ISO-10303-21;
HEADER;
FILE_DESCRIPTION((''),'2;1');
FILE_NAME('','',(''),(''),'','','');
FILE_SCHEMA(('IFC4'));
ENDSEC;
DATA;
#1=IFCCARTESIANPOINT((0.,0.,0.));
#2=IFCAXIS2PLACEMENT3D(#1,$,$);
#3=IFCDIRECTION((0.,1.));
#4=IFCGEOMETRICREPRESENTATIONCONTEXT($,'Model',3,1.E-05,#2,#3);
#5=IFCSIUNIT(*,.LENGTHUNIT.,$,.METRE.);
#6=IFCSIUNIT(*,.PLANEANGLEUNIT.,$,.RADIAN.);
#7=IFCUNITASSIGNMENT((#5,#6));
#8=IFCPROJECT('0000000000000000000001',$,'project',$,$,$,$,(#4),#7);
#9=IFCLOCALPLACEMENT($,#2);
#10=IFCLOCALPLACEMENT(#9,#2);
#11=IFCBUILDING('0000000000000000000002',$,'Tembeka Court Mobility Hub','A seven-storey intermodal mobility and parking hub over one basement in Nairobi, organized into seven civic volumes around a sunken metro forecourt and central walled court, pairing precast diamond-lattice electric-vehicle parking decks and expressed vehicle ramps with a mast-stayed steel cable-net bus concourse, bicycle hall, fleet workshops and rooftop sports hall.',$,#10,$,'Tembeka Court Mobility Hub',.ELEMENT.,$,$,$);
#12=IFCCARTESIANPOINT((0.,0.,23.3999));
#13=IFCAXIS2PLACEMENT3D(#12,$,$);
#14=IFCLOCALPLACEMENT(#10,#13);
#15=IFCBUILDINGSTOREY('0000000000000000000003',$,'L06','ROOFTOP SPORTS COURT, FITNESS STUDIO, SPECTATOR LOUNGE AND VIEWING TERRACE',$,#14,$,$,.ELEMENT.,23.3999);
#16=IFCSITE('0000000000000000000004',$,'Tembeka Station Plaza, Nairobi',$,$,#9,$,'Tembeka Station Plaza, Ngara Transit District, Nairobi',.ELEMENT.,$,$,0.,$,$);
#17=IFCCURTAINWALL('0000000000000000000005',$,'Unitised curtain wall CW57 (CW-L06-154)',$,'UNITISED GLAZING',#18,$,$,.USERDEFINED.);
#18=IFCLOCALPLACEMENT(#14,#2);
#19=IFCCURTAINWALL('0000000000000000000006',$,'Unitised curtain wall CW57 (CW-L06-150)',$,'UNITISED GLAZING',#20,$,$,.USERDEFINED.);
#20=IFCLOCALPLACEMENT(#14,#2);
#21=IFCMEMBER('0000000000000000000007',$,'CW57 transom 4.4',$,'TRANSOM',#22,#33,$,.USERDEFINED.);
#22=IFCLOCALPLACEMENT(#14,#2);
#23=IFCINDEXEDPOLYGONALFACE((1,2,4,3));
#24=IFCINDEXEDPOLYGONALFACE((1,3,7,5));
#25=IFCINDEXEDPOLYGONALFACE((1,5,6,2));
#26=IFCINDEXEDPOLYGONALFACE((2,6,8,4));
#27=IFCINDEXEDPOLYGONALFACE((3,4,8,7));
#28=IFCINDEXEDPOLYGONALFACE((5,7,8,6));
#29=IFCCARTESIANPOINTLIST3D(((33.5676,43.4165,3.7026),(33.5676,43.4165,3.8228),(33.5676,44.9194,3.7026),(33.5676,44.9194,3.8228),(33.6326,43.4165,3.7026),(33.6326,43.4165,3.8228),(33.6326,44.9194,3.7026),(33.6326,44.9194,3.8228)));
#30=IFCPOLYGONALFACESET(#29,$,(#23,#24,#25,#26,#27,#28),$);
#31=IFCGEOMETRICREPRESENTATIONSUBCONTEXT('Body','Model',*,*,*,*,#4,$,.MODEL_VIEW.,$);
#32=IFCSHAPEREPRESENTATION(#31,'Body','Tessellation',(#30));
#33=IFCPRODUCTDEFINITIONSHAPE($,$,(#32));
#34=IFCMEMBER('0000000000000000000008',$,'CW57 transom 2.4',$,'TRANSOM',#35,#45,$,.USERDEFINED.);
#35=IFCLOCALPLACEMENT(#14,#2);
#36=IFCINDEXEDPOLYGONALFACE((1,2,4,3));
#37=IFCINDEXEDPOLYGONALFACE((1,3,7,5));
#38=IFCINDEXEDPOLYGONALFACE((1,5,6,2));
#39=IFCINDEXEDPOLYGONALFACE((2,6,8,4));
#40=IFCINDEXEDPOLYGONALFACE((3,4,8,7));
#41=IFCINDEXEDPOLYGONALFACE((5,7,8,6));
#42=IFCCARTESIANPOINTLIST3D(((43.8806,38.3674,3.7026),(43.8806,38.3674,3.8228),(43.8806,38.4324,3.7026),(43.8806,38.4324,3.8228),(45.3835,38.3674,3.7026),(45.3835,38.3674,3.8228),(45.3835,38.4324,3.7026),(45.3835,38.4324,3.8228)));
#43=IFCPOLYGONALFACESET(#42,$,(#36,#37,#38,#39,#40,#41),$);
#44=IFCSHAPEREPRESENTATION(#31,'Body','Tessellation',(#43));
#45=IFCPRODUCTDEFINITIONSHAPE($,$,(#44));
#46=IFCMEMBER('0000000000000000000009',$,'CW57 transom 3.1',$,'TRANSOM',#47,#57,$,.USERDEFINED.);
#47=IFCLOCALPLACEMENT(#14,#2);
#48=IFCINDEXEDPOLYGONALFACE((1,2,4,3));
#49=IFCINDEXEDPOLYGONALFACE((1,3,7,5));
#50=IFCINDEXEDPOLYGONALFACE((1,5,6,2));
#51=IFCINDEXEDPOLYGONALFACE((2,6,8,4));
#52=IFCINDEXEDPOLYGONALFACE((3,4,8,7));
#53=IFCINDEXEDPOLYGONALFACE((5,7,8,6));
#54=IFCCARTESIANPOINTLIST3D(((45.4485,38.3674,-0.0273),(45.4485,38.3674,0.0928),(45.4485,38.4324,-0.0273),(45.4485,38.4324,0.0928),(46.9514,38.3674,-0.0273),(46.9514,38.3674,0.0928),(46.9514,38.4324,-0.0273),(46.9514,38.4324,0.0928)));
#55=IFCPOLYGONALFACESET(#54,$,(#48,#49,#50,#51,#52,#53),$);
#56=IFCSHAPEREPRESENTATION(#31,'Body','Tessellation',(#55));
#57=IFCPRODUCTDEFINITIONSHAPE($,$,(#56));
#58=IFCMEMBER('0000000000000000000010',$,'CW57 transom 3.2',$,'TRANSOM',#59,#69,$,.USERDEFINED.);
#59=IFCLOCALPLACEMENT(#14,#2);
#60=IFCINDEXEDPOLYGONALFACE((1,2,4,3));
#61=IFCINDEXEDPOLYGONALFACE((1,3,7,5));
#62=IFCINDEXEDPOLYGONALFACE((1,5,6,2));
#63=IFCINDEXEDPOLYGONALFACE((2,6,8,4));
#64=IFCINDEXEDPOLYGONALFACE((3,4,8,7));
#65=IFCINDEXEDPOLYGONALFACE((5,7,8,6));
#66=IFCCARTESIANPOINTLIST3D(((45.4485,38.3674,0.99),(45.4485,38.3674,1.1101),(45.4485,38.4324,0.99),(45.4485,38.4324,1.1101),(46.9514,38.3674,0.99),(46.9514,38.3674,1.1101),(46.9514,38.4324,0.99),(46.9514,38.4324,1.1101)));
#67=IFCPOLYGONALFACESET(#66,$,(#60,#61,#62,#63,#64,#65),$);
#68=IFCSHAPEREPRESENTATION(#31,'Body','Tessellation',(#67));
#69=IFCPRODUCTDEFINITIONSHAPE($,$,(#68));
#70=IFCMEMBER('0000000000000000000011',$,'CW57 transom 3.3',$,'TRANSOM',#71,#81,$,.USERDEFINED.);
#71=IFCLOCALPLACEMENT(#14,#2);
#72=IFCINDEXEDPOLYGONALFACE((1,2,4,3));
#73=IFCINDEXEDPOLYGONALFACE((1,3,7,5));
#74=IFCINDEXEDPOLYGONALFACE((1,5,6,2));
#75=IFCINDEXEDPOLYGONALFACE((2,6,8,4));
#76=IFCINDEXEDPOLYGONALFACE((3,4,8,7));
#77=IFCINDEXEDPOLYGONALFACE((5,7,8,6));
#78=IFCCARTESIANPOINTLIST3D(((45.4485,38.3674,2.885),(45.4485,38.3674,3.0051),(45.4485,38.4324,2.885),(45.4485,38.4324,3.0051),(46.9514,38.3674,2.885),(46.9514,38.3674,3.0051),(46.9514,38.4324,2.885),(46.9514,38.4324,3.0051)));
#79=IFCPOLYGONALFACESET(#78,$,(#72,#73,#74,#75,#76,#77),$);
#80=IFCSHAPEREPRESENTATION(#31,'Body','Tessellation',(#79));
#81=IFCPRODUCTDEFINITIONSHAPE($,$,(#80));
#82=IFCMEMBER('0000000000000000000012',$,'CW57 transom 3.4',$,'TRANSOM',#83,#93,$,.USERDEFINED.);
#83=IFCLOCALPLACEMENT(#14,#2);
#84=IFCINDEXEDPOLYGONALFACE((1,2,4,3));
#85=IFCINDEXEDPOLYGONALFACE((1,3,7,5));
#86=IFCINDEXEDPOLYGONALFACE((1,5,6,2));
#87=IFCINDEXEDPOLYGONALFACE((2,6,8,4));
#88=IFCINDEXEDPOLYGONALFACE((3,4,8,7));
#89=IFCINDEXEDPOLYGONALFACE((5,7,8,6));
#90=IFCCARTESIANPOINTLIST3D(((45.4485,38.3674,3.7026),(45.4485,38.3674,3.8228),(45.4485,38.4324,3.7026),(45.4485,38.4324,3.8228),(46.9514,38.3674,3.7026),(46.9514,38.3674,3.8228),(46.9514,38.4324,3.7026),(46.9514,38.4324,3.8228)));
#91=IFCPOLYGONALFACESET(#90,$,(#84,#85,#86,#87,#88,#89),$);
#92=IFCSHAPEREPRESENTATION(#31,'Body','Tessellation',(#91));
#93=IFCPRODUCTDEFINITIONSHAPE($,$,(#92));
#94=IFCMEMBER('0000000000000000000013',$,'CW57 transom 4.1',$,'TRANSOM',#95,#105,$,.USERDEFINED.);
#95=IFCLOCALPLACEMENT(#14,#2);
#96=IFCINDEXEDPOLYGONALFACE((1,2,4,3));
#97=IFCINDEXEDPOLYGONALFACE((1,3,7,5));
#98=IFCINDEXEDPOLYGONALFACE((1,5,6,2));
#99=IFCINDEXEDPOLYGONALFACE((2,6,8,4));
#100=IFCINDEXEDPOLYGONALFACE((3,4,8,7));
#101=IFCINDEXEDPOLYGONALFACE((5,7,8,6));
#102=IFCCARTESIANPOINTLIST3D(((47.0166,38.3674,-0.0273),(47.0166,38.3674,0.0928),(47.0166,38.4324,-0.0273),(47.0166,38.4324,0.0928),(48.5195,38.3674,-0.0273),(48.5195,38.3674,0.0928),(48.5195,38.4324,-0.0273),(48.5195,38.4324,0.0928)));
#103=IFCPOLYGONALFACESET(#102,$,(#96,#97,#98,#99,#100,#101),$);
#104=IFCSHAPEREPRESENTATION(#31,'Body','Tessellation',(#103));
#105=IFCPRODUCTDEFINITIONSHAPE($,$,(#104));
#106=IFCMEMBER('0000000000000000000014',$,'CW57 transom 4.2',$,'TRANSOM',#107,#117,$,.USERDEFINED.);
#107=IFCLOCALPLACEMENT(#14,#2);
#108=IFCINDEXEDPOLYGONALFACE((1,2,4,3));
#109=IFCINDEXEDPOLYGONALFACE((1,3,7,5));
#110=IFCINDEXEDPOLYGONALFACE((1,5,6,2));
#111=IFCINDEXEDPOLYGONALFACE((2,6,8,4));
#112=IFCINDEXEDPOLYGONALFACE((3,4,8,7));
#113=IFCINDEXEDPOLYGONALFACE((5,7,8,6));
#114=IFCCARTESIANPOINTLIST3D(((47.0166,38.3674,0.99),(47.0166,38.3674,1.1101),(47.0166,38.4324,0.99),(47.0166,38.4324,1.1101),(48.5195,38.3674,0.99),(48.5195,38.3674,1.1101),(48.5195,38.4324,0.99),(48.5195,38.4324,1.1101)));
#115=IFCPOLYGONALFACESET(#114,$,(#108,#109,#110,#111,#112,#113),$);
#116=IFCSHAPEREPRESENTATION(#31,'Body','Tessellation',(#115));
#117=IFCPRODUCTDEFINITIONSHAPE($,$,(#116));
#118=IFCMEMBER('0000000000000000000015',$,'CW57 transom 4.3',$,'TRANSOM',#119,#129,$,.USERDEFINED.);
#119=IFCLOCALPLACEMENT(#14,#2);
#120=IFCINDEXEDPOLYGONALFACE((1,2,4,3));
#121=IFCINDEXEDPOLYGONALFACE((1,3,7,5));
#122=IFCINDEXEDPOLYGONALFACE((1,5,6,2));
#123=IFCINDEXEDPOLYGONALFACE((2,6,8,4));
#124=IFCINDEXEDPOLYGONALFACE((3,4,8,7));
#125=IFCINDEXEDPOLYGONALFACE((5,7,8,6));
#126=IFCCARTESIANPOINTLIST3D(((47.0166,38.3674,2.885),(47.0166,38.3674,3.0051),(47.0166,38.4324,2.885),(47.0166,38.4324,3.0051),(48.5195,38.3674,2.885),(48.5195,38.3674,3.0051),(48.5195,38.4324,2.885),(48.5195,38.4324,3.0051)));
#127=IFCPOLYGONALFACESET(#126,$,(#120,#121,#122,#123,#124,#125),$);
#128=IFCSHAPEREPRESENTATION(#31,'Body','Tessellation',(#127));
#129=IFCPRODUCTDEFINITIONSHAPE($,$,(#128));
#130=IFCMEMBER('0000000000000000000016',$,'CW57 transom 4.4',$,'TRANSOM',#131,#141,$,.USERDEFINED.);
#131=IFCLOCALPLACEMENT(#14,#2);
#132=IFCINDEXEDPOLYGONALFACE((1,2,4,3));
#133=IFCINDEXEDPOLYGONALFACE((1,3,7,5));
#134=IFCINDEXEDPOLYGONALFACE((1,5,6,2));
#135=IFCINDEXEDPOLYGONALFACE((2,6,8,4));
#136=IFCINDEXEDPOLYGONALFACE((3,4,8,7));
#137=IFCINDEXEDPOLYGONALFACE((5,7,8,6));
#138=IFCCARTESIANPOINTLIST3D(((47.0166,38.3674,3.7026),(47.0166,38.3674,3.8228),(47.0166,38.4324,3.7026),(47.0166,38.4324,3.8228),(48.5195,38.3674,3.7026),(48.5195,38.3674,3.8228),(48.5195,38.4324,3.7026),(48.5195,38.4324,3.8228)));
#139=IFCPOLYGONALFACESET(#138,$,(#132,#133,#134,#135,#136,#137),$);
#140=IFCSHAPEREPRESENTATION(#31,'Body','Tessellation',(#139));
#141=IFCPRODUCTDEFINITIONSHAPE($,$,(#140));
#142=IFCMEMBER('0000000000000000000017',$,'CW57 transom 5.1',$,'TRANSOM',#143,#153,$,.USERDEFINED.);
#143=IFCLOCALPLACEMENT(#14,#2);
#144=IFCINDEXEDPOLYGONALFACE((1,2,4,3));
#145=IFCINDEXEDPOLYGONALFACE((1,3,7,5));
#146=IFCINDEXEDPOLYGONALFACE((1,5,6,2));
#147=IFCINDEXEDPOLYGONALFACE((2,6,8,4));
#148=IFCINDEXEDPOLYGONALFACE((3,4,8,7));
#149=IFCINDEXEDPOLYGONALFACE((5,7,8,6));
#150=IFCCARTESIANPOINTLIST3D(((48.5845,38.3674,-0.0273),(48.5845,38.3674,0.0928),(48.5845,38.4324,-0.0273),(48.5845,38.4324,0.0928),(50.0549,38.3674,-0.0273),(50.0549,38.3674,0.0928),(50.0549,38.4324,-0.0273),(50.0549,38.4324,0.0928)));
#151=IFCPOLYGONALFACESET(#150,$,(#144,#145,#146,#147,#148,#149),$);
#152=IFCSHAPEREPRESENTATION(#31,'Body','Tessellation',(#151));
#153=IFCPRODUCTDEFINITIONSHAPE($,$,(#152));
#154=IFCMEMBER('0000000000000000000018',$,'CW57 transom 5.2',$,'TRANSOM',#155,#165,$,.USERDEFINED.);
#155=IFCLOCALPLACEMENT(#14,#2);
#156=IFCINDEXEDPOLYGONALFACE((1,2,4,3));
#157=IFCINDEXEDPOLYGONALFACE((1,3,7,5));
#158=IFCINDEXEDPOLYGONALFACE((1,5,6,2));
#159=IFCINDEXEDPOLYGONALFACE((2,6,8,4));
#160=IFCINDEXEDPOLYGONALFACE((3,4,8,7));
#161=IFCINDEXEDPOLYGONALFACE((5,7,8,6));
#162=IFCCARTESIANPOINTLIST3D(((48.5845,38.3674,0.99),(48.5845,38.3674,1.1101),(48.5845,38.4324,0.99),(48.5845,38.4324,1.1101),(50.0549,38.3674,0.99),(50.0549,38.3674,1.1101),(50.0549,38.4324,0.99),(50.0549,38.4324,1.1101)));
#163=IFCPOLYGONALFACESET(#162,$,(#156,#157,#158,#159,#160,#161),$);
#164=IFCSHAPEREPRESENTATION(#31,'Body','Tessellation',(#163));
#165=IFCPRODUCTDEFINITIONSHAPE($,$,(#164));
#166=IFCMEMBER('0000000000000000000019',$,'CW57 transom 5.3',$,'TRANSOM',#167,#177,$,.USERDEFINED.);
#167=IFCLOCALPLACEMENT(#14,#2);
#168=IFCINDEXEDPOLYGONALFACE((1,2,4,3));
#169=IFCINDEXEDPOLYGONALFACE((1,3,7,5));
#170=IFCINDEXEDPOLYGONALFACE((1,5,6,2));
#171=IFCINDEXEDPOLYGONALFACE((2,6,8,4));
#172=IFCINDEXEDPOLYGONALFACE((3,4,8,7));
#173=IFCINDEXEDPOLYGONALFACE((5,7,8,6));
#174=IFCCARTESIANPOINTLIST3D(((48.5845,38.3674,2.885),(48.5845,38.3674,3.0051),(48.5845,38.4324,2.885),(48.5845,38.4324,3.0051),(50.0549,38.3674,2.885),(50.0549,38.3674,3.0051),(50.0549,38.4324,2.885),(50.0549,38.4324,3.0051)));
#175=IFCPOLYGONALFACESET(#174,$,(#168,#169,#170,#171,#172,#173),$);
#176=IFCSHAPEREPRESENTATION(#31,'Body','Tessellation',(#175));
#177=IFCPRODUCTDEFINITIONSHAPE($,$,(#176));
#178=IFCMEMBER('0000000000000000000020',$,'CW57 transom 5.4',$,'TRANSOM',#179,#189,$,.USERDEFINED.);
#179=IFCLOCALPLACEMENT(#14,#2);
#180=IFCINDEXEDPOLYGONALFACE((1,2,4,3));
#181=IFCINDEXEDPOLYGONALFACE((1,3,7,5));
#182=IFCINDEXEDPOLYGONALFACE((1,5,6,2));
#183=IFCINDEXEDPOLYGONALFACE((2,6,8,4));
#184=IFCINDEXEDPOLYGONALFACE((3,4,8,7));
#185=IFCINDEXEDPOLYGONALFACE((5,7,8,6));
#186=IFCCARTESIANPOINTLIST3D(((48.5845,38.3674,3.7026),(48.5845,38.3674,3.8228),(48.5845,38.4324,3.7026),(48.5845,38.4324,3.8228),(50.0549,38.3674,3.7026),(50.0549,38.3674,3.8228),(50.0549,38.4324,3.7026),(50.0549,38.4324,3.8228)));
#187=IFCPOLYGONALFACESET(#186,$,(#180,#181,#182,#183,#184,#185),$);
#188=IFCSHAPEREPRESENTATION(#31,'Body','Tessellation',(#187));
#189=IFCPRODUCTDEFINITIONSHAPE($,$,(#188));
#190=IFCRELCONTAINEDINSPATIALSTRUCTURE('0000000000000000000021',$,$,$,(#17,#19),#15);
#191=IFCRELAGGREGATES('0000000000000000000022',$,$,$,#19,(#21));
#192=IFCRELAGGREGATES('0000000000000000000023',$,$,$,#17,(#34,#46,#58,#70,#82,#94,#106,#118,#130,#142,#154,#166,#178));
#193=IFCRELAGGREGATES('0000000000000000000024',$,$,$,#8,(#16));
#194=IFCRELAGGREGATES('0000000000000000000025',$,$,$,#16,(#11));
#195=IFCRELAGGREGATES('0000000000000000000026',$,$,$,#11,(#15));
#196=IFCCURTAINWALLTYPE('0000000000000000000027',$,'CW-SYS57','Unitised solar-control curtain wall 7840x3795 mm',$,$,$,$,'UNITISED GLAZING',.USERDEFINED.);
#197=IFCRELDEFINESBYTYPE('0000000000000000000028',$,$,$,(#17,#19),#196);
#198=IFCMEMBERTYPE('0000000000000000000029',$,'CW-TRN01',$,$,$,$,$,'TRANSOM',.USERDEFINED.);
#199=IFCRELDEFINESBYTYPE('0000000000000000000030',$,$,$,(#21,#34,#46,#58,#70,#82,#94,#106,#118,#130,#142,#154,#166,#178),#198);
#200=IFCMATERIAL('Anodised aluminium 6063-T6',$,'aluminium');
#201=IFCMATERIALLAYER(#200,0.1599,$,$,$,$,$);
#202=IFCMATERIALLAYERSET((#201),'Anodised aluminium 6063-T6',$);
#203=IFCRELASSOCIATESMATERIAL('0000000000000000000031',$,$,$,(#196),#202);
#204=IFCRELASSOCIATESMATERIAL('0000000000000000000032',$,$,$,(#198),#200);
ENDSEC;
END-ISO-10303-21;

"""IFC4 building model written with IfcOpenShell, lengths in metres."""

from ifc_helpers import new_model, si_unit, direction, frame, origin, origin_2d, place, context, subcontext, project, spatial, rectangle, extrude, material, layer, layer_set, material_profile, profile_set, type_object, element, aggregate, save


model = new_model("IFC4")

# Units and contexts
model_context = context("Model", 3, precision=1e-05, world=origin(), true_north=direction((0.0, 1.0)))
body_context = subcontext(model_context, "Body", "Model", "MODEL_VIEW")
ifc_project = project(units=[si_unit("LENGTHUNIT", "METRE"), si_unit("PLANEANGLEUNIT", "RADIAN")], contexts=[model_context])

# Site, building, storey
site_placement = place(None, origin())
site = spatial("IfcSite", under=ifc_project, at=site_placement, Name="Tembeka Station Plaza, Nairobi", LongName="Tembeka Station Plaza, Ngara Transit District, Nairobi", CompositionType="ELEMENT", RefElevation=0.0)
building_placement = place(site_placement, origin())
building = spatial("IfcBuilding", under=site, at=building_placement, Name="Tembeka Court Mobility Hub", Description="A seven-storey intermodal mobility and parking hub over one basement in Nairobi, organized into seven civic volumes around a sunken metro forecourt and central walled court, pairing precast diamond-lattice electric-vehicle parking decks and expressed vehicle ramps with a mast-stayed steel cable-net bus concourse, bicycle hall, fleet workshops and rooftop sports hall.", LongName="Tembeka Court Mobility Hub", CompositionType="ELEMENT")
storey_placement = place(building_placement, frame((0.0, 0.0, 23.3999)))
storey = spatial("IfcBuildingStorey", under=building, at=storey_placement, Name="L06", Description="ROOFTOP SPORTS COURT, FITNESS STUDIO, SPECTATOR LOUNGE AND VIEWING TERRACE", CompositionType="ELEMENT", Elevation=23.3999)

# Curtain wall
ifc_material_1 = material(Name="Anodised aluminium 6063-T6", Category="aluminium")
ifc_layer_1 = layer(ifc_material_1, 0.1599)
ifc_layer_set_1 = layer_set([ifc_layer_1], Name="Anodised aluminium 6063-T6")
curtain_wall_type = type_object("IfcCurtainWallType", Name="CW-SYS57", Description="Unitised solar-control curtain wall 7840x3795 mm", ElementType="UNITISED GLAZING", PredefinedType="USERDEFINED", material=ifc_layer_set_1)
curtain_wall_1_placement = place(storey_placement, origin())
curtain_wall_1 = element("IfcCurtainWall", 1, at=curtain_wall_1_placement, inside=storey, type_object=curtain_wall_type, Name="Unitised curtain wall CW57 (CW-L06-154)", ObjectType="UNITISED GLAZING", PredefinedType="USERDEFINED")

# Curtain wall, member
curtain_wall_2_placement = place(storey_placement, origin())
curtain_wall_2 = element("IfcCurtainWall", 2, at=curtain_wall_2_placement, inside=storey, type_object=curtain_wall_type, Name="Unitised curtain wall CW57 (CW-L06-150)", ObjectType="UNITISED GLAZING", PredefinedType="USERDEFINED")
ifc_material_profile_1 = material_profile(ifc_material_1, rectangle(XDim=0.0649, YDim=0.1201, at=origin_2d()), Name="ALU-TRN 65x120")
ifc_profile_set_1 = profile_set([ifc_material_profile_1], Name="Anodised aluminium 6063-T6")
member_type_1 = type_object("IfcMemberType", Name="CW-TRN01", ElementType="TRANSOM", PredefinedType="USERDEFINED", material=ifc_profile_set_1)
member_1_placement = place(storey_placement, frame((33.6001, 43.4165, 3.7627), z_axis=(0.0, 1.0, 0.0), x_axis=(-1.0, 0.0, 0.0)))
member_1 = element("IfcMember", 3, at=member_1_placement, type_object=member_type_1, Name="CW57 transom 4.4", ObjectType="TRANSOM", PredefinedType="USERDEFINED", context=body_context, shape_type="SweptSolid", body=[
    extrude(rectangle(XDim=0.0649, YDim=0.1201, at=origin_2d()), origin(), (0.0, 0.0, 1.0), 1.5029),
])
aggregate(curtain_wall_2, [member_1])

# Members
member_2_placement = place(storey_placement, frame((43.8806, 38.3999, 3.7627), z_axis=(1.0, 0.0, 0.0), x_axis=(0.0, 1.0, 0.0)))
member_2 = element("IfcMember", 4, at=member_2_placement, type_object=member_type_1, Name="CW57 transom 2.4", ObjectType="TRANSOM", PredefinedType="USERDEFINED", context=body_context, shape_type="SweptSolid", body=[
    extrude(rectangle(XDim=0.0649, YDim=0.1201, at=origin_2d()), origin(), (0.0, 0.0, 1.0), 1.5029),
])
member_3_placement = place(storey_placement, frame((45.4485, 38.3999, 0.0327), z_axis=(1.0, 0.0, 0.0), x_axis=(0.0, 1.0, 0.0)))
member_3 = element("IfcMember", 5, at=member_3_placement, type_object=member_type_1, Name="CW57 transom 3.1", ObjectType="TRANSOM", PredefinedType="USERDEFINED", context=body_context, shape_type="SweptSolid", body=[
    extrude(rectangle(XDim=0.0649, YDim=0.1201, at=origin_2d()), origin(), (0.0, 0.0, 1.0), 1.5029),
])
member_4_placement = place(storey_placement, frame((45.4485, 38.3999, 1.05), z_axis=(1.0, 0.0, 0.0), x_axis=(0.0, 1.0, 0.0)))
member_4 = element("IfcMember", 6, at=member_4_placement, type_object=member_type_1, Name="CW57 transom 3.2", ObjectType="TRANSOM", PredefinedType="USERDEFINED", context=body_context, shape_type="SweptSolid", body=[
    extrude(rectangle(XDim=0.0649, YDim=0.1201, at=origin_2d()), origin(), (0.0, 0.0, 1.0), 1.5029),
])
member_5_placement = place(storey_placement, frame((45.4485, 38.3999, 2.9451), z_axis=(1.0, 0.0, 0.0), x_axis=(0.0, 1.0, 0.0)))
member_5 = element("IfcMember", 7, at=member_5_placement, type_object=member_type_1, Name="CW57 transom 3.3", ObjectType="TRANSOM", PredefinedType="USERDEFINED", context=body_context, shape_type="SweptSolid", body=[
    extrude(rectangle(XDim=0.0649, YDim=0.1201, at=origin_2d()), origin(), (0.0, 0.0, 1.0), 1.5029),
])
member_6_placement = place(storey_placement, frame((45.4485, 38.3999, 3.7627), z_axis=(1.0, 0.0, 0.0), x_axis=(0.0, 1.0, 0.0)))
member_6 = element("IfcMember", 8, at=member_6_placement, type_object=member_type_1, Name="CW57 transom 3.4", ObjectType="TRANSOM", PredefinedType="USERDEFINED", context=body_context, shape_type="SweptSolid", body=[
    extrude(rectangle(XDim=0.0649, YDim=0.1201, at=origin_2d()), origin(), (0.0, 0.0, 1.0), 1.5029),
])
member_7_placement = place(storey_placement, frame((47.0166, 38.3999, 0.0327), z_axis=(1.0, 0.0, 0.0), x_axis=(0.0, 1.0, 0.0)))
member_7 = element("IfcMember", 9, at=member_7_placement, type_object=member_type_1, Name="CW57 transom 4.1", ObjectType="TRANSOM", PredefinedType="USERDEFINED", context=body_context, shape_type="SweptSolid", body=[
    extrude(rectangle(XDim=0.0649, YDim=0.1201, at=origin_2d()), origin(), (0.0, 0.0, 1.0), 1.5029),
])
member_8_placement = place(storey_placement, frame((47.0166, 38.3999, 1.05), z_axis=(1.0, 0.0, 0.0), x_axis=(0.0, 1.0, 0.0)))
member_8 = element("IfcMember", 10, at=member_8_placement, type_object=member_type_1, Name="CW57 transom 4.2", ObjectType="TRANSOM", PredefinedType="USERDEFINED", context=body_context, shape_type="SweptSolid", body=[
    extrude(rectangle(XDim=0.0649, YDim=0.1201, at=origin_2d()), origin(), (0.0, 0.0, 1.0), 1.5029),
])
member_9_placement = place(storey_placement, frame((47.0166, 38.3999, 2.9451), z_axis=(1.0, 0.0, 0.0), x_axis=(0.0, 1.0, 0.0)))
member_9 = element("IfcMember", 11, at=member_9_placement, type_object=member_type_1, Name="CW57 transom 4.3", ObjectType="TRANSOM", PredefinedType="USERDEFINED", context=body_context, shape_type="SweptSolid", body=[
    extrude(rectangle(XDim=0.0649, YDim=0.1201, at=origin_2d()), origin(), (0.0, 0.0, 1.0), 1.5029),
])
member_10_placement = place(storey_placement, frame((47.0166, 38.3999, 3.7627), z_axis=(1.0, 0.0, 0.0), x_axis=(0.0, 1.0, 0.0)))
member_10 = element("IfcMember", 12, at=member_10_placement, type_object=member_type_1, Name="CW57 transom 4.4", ObjectType="TRANSOM", PredefinedType="USERDEFINED", context=body_context, shape_type="SweptSolid", body=[
    extrude(rectangle(XDim=0.0649, YDim=0.1201, at=origin_2d()), origin(), (0.0, 0.0, 1.0), 1.5029),
])
member_11_placement = place(storey_placement, frame((48.5845, 38.3999, 0.0327), z_axis=(1.0, 0.0, 0.0), x_axis=(0.0, 1.0, 0.0)))
member_11 = element("IfcMember", 13, at=member_11_placement, type_object=member_type_1, Name="CW57 transom 5.1", ObjectType="TRANSOM", PredefinedType="USERDEFINED", context=body_context, shape_type="SweptSolid", body=[
    extrude(rectangle(XDim=0.0649, YDim=0.1201, at=origin_2d()), origin(), (0.0, 0.0, 1.0), 1.4705),
])
member_12_placement = place(storey_placement, frame((48.5845, 38.3999, 1.05), z_axis=(1.0, 0.0, 0.0), x_axis=(0.0, 1.0, 0.0)))
member_12 = element("IfcMember", 14, at=member_12_placement, type_object=member_type_1, Name="CW57 transom 5.2", ObjectType="TRANSOM", PredefinedType="USERDEFINED", context=body_context, shape_type="SweptSolid", body=[
    extrude(rectangle(XDim=0.0649, YDim=0.1201, at=origin_2d()), origin(), (0.0, 0.0, 1.0), 1.4705),
])
member_13_placement = place(storey_placement, frame((48.5845, 38.3999, 2.9451), z_axis=(1.0, 0.0, 0.0), x_axis=(0.0, 1.0, 0.0)))
member_13 = element("IfcMember", 15, at=member_13_placement, type_object=member_type_1, Name="CW57 transom 5.3", ObjectType="TRANSOM", PredefinedType="USERDEFINED", context=body_context, shape_type="SweptSolid", body=[
    extrude(rectangle(XDim=0.0649, YDim=0.1201, at=origin_2d()), origin(), (0.0, 0.0, 1.0), 1.4705),
])
member_14_placement = place(storey_placement, frame((48.5845, 38.3999, 3.7627), z_axis=(1.0, 0.0, 0.0), x_axis=(0.0, 1.0, 0.0)))
member_14 = element("IfcMember", 16, at=member_14_placement, type_object=member_type_1, Name="CW57 transom 5.4", ObjectType="TRANSOM", PredefinedType="USERDEFINED", context=body_context, shape_type="SweptSolid", body=[
    extrude(rectangle(XDim=0.0649, YDim=0.1201, at=origin_2d()), origin(), (0.0, 0.0, 1.0), 1.4705),
])

aggregate(curtain_wall_1, [member_2, member_3, member_4, member_5, member_6, member_7, member_8, member_9, member_10, member_11, member_12, member_13, member_14])

save(model, "model.ifc")
